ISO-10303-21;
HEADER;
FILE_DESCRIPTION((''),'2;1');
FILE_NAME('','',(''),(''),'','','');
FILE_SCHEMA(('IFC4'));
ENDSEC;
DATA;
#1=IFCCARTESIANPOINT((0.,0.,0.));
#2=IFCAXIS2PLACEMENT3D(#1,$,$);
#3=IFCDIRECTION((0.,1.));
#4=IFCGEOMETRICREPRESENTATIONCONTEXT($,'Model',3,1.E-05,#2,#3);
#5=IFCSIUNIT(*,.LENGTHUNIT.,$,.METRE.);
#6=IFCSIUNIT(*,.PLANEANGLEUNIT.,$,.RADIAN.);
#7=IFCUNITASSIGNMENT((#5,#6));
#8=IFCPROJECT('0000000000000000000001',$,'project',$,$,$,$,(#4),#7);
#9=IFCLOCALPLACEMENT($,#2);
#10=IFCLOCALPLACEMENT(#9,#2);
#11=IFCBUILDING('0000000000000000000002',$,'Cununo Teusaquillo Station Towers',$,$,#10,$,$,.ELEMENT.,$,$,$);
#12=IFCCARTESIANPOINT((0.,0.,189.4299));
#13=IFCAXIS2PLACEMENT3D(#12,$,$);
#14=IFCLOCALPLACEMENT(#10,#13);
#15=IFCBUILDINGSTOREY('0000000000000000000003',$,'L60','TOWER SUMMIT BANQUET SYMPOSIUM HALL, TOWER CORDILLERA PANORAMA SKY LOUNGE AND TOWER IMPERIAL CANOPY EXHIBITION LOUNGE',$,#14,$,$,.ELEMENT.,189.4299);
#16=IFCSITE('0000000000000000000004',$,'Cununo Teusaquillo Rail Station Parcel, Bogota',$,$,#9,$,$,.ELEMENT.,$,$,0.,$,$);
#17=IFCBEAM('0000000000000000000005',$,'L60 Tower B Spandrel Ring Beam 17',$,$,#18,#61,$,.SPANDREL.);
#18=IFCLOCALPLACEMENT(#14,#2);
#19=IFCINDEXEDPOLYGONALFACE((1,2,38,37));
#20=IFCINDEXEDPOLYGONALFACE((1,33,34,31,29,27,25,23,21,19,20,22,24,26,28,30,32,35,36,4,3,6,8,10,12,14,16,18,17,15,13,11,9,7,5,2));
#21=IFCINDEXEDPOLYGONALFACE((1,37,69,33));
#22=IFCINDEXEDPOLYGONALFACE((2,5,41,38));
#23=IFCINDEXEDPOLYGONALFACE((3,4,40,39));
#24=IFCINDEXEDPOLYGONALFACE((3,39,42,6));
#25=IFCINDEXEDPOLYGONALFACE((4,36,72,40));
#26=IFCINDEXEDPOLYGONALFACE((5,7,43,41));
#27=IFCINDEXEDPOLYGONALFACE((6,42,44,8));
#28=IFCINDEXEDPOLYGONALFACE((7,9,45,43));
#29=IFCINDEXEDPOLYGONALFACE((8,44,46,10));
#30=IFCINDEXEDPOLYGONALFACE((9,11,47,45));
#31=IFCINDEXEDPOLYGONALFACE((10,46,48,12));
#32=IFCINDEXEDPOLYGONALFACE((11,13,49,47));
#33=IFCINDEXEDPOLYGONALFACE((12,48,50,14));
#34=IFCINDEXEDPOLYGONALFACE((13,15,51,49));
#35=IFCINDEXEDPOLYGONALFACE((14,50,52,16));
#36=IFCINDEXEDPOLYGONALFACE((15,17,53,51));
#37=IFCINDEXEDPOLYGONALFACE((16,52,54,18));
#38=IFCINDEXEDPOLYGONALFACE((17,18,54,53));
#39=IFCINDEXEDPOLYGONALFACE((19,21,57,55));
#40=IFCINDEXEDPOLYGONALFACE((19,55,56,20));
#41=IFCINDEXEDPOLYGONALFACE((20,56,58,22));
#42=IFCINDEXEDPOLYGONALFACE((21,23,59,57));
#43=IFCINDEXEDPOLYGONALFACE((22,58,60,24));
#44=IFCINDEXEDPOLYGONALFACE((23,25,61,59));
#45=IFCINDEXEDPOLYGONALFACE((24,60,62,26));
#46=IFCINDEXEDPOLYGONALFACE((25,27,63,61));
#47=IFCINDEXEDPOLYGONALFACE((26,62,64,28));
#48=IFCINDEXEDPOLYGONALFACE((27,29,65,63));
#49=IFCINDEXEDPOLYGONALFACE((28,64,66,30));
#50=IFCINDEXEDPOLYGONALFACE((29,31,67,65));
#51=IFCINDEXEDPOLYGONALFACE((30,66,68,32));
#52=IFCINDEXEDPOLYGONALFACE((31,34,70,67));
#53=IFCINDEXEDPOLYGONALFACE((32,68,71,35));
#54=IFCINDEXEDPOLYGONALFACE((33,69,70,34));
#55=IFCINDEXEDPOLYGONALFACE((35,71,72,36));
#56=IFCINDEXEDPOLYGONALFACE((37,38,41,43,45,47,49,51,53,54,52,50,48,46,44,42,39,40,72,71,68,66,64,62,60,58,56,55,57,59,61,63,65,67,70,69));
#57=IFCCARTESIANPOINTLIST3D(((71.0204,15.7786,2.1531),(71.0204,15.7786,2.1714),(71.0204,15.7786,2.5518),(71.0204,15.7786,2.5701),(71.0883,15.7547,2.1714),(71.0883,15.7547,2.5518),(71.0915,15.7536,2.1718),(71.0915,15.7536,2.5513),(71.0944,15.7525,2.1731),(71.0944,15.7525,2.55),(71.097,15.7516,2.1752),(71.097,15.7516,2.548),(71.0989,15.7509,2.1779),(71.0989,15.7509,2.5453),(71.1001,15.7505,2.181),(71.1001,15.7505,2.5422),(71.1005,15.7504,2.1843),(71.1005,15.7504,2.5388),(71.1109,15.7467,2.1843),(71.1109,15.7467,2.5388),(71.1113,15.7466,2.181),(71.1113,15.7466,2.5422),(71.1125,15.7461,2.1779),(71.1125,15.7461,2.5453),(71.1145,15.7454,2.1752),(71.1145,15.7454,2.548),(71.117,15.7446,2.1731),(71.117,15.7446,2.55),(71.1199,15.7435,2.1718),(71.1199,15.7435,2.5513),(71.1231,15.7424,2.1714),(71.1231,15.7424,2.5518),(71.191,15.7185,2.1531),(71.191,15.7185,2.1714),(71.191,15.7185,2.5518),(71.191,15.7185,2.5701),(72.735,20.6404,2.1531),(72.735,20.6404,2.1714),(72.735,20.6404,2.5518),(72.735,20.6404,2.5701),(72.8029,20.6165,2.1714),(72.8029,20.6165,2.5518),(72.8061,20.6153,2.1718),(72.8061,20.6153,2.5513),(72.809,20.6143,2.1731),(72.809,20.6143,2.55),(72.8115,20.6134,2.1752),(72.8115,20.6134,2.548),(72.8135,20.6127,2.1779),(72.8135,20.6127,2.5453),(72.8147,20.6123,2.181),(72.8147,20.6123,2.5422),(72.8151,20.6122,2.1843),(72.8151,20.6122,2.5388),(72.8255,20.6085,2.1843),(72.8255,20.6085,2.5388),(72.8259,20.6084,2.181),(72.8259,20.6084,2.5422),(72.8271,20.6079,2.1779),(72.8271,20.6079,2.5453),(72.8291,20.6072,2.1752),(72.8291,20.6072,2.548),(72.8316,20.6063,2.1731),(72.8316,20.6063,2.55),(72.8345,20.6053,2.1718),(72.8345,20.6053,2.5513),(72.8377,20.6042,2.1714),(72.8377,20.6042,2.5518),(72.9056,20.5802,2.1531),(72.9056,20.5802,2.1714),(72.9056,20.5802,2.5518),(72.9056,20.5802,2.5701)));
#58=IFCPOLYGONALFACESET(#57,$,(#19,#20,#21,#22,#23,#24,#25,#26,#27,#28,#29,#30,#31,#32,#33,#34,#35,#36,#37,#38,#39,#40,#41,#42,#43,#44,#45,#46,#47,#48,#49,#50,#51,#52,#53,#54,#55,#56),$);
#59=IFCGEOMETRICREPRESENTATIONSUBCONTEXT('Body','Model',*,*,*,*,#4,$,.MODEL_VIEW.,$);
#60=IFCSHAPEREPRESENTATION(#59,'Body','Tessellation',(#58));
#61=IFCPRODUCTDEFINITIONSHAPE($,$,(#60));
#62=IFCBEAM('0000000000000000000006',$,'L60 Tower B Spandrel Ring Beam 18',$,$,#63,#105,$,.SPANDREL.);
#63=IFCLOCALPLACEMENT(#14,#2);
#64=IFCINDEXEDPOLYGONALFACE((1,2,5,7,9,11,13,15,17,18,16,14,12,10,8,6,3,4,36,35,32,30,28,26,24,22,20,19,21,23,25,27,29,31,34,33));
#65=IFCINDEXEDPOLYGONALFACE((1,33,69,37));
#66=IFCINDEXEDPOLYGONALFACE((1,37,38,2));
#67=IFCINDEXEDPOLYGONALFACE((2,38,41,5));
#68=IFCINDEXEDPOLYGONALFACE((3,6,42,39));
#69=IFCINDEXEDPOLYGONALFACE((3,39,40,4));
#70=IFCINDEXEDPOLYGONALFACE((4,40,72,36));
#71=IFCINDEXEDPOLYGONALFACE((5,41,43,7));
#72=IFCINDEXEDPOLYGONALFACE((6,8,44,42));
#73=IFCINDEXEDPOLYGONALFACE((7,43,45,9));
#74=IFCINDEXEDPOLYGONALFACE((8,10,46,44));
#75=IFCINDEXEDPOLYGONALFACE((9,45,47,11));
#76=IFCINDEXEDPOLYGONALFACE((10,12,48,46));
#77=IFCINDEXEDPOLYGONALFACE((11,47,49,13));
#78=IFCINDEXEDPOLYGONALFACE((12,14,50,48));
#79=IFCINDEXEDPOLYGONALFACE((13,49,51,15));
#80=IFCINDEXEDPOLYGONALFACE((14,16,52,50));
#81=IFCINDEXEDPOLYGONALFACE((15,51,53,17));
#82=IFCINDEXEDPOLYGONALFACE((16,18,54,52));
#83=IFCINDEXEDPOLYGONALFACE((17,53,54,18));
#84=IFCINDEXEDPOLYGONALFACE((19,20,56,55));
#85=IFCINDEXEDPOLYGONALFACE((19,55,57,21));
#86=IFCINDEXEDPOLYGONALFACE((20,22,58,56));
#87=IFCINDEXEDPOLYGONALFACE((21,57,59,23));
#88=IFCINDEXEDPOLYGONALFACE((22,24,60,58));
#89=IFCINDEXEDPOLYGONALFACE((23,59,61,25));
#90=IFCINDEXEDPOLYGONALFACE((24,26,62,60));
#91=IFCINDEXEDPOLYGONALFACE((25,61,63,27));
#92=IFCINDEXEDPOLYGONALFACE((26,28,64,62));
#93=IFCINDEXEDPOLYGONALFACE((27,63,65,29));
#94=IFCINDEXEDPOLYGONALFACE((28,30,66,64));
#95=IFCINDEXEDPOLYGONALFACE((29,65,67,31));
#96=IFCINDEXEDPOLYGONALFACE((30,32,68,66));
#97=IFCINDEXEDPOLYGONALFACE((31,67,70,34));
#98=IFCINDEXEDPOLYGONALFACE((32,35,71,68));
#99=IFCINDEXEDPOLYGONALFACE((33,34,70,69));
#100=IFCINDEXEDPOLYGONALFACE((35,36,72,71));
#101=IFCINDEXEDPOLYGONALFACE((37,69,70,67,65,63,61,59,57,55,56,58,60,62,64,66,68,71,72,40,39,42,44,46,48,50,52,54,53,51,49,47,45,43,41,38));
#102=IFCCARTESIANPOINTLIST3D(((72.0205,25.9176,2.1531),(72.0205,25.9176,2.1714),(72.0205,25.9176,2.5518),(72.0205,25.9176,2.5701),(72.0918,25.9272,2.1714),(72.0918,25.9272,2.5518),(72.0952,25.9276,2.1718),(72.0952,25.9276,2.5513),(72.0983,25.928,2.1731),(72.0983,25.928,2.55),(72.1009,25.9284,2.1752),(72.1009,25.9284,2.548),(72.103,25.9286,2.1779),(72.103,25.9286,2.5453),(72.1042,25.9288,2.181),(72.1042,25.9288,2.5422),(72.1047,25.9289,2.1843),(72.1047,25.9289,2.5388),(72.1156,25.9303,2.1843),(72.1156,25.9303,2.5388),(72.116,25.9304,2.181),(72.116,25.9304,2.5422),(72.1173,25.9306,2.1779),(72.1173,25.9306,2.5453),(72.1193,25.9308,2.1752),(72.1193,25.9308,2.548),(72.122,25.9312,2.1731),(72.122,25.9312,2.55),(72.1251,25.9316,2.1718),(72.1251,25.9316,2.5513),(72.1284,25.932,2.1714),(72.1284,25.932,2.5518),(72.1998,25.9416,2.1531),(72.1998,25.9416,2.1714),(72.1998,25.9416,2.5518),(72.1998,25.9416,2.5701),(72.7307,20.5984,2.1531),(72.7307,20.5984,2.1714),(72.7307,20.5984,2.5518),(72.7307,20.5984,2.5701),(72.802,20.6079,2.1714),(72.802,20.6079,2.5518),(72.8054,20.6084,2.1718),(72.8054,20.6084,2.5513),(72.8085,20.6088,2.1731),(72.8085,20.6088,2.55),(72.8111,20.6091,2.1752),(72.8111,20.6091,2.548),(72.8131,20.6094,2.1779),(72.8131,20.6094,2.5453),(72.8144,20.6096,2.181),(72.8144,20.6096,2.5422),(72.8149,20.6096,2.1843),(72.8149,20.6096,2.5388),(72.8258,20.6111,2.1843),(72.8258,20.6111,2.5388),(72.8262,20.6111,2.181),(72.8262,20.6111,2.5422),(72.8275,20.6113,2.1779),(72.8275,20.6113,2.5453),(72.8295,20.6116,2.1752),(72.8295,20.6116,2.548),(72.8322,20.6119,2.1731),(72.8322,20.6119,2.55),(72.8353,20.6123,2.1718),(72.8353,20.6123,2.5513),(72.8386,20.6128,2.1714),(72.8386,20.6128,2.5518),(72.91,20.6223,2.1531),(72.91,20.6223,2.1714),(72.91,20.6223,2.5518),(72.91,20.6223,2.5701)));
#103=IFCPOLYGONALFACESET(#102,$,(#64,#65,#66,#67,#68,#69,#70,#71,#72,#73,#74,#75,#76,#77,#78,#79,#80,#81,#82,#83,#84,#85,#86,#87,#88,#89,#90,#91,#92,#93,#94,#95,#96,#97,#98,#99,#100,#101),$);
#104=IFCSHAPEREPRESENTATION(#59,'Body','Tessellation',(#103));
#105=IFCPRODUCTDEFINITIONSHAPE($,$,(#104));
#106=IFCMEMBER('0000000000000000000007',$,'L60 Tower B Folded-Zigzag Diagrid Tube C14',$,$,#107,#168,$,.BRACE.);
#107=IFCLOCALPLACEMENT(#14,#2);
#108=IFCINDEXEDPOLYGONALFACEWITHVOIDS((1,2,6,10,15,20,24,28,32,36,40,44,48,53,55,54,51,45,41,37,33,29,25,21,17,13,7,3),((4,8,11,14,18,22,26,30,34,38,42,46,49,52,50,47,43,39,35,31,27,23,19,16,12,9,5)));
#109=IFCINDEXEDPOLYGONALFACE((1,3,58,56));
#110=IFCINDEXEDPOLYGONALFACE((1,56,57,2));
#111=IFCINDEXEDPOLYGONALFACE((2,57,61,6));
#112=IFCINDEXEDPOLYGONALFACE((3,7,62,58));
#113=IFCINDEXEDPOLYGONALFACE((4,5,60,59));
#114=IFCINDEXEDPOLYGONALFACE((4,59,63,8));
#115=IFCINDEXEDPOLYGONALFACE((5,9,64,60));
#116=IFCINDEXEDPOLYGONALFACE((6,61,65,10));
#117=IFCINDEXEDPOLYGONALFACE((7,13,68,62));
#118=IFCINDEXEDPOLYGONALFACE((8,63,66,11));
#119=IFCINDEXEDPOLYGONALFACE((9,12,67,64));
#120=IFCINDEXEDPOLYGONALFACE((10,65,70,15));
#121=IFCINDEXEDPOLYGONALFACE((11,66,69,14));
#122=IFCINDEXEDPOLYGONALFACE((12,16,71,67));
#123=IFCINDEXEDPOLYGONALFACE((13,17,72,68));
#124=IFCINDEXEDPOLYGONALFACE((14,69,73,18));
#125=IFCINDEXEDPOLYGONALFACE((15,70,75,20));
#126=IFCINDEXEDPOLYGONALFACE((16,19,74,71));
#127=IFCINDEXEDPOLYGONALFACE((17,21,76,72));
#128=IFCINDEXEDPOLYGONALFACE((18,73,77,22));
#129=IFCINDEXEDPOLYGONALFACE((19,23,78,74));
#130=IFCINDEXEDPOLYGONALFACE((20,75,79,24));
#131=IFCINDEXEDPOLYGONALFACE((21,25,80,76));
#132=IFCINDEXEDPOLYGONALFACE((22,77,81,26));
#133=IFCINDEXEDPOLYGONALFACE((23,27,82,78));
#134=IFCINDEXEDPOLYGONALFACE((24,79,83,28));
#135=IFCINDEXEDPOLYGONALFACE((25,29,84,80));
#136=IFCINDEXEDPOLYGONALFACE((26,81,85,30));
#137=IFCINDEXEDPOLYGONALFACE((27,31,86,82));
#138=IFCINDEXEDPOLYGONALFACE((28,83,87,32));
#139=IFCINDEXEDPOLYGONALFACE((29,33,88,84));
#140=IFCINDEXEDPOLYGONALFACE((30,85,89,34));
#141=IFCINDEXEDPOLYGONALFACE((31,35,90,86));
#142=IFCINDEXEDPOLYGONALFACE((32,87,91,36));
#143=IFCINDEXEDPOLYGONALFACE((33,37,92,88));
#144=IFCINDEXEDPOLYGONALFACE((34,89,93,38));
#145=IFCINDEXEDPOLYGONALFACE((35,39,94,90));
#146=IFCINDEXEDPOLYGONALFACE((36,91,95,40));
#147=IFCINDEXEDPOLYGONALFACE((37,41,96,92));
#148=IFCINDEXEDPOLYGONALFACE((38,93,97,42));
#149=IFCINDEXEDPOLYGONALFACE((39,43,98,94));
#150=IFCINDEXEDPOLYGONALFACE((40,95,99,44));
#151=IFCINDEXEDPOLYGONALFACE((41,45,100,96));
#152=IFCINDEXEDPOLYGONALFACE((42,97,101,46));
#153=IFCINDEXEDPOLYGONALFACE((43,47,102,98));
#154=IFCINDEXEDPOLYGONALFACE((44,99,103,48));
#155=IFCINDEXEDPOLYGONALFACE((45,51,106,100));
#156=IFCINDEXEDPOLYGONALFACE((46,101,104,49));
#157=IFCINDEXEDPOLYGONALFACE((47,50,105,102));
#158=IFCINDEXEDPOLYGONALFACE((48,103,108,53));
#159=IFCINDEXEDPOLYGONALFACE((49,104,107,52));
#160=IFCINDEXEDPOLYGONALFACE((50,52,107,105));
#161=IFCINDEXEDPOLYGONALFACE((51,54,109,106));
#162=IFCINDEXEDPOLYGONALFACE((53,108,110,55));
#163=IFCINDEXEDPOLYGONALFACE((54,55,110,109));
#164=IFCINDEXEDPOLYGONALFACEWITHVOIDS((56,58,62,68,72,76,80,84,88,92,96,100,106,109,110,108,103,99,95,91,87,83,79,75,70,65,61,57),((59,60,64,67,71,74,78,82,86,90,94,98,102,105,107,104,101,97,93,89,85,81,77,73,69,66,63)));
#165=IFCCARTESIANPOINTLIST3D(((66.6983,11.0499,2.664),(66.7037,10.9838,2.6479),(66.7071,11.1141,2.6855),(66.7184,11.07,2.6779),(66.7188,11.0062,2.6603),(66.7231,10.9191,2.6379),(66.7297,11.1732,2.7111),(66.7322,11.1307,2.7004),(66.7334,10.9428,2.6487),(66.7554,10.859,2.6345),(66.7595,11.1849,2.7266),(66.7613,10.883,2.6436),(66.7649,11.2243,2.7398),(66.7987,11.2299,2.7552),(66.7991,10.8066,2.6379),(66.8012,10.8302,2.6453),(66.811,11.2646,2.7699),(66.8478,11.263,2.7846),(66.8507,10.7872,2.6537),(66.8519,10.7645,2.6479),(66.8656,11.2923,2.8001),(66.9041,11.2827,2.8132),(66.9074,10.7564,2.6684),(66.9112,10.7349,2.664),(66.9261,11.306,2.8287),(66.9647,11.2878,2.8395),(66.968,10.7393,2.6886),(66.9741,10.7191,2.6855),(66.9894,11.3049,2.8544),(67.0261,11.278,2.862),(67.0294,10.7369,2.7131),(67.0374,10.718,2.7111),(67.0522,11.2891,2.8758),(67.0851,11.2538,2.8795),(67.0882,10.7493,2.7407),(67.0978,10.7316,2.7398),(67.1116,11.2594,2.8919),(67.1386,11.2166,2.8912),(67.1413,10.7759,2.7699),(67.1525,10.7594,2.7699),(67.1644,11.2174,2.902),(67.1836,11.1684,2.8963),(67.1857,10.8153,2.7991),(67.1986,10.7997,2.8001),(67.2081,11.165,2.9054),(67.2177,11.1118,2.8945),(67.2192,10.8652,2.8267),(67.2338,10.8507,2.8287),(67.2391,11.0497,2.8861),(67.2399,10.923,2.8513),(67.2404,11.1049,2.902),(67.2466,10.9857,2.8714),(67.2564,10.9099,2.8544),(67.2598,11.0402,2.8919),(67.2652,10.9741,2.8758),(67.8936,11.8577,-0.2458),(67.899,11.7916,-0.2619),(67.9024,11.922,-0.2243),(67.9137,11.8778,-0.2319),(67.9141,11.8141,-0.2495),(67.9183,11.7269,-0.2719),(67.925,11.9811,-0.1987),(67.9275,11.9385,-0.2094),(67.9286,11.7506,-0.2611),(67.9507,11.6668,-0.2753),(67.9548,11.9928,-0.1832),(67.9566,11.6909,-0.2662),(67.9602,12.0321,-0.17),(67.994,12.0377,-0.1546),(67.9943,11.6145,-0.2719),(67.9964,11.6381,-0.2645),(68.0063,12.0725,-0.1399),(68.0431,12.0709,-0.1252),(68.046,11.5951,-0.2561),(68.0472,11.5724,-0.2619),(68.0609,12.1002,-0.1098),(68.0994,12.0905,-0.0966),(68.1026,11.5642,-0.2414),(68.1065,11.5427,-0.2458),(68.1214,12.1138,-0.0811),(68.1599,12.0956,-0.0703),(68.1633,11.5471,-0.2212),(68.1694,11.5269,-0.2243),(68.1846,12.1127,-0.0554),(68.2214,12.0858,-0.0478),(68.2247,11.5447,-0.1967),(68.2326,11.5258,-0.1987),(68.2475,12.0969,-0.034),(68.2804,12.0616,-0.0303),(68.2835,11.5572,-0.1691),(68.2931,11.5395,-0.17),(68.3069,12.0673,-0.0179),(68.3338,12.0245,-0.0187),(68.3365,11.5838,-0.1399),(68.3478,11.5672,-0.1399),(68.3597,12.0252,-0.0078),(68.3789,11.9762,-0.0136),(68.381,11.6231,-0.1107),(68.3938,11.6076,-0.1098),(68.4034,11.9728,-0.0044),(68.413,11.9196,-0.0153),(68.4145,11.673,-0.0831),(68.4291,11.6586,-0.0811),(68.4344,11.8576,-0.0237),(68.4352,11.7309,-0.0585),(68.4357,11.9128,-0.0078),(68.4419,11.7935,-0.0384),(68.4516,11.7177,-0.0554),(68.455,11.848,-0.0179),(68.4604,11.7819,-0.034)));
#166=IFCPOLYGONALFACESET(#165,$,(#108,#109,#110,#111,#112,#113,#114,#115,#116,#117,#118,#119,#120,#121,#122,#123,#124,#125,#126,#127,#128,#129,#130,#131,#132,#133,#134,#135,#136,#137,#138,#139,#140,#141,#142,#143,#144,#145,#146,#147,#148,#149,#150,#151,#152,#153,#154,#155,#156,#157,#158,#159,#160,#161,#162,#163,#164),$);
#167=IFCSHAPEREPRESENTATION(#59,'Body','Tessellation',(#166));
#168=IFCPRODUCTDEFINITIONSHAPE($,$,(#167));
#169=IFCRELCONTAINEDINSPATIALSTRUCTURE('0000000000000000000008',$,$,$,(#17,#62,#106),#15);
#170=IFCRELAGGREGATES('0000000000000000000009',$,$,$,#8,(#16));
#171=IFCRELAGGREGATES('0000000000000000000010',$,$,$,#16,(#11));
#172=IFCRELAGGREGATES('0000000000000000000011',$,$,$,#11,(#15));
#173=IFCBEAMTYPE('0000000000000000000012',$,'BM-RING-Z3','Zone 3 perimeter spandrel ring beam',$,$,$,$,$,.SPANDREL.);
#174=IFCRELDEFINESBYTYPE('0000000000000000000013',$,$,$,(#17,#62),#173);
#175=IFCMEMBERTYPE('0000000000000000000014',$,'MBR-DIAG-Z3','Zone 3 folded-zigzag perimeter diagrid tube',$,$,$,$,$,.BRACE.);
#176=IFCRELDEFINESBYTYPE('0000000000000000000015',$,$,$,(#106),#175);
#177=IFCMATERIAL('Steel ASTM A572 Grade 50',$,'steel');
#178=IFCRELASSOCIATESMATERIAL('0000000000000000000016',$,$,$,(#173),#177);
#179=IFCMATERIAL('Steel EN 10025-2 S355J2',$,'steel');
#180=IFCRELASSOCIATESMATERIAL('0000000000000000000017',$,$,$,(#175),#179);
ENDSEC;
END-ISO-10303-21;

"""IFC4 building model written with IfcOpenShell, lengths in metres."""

from ifc_helpers import new_model, si_unit, direction, frame, origin, origin_2d, place, context, subcontext, project, spatial, hollow_circle, i_section, extrude, material, material_profile, profile_set, type_object, element, save


model = new_model("IFC4")

# Units and contexts
model_context = context("Model", 3, precision=1e-05, world=origin(), true_north=direction((0.0, 1.0)))
body_context = subcontext(model_context, "Body", "Model", "MODEL_VIEW")
ifc_project = project(units=[si_unit("LENGTHUNIT", "METRE"), si_unit("PLANEANGLEUNIT", "RADIAN")], contexts=[model_context])

# Site, building, storey
site_placement = place(None, origin())
site = spatial("IfcSite", under=ifc_project, at=site_placement, Name="Cununo Teusaquillo Rail Station Parcel, Bogota", CompositionType="ELEMENT", RefElevation=0.0)
building_placement = place(site_placement, origin())
building = spatial("IfcBuilding", under=site, at=building_placement, Name="Cununo Teusaquillo Station Towers", CompositionType="ELEMENT")
storey_placement = place(building_placement, frame((0.0, 0.0, 189.4299)))
storey = spatial("IfcBuildingStorey", under=building, at=storey_placement, Name="L60", Description="TOWER SUMMIT BANQUET SYMPOSIUM HALL, TOWER CORDILLERA PANORAMA SKY LOUNGE AND TOWER IMPERIAL CANOPY EXHIBITION LOUNGE", CompositionType="ELEMENT", Elevation=189.4299)

# Beams
ifc_material_1 = material(Name="Steel ASTM A572 Grade 50", Category="steel")
ifc_material_profile_1 = material_profile(ifc_material_1, i_section(OverallWidth=0.1809, OverallDepth=0.417, WebThickness=0.011, FlangeThickness=0.0183, FilletRadius=0.0129, at=origin_2d()), Name="W16X57")
ifc_profile_set_1 = profile_set([ifc_material_profile_1], Name="Steel ASTM A572 Grade 50")
beam_type_1 = type_object("IfcBeamType", Name="BM-RING-Z3", Description="Zone 3 perimeter spandrel ring beam", PredefinedType="SPANDREL", material=ifc_profile_set_1)
beam_1_placement = place(storey_placement, frame((71.1057, 15.7485, 2.3616), z_axis=(0.33259, 0.943072, 0.0), x_axis=(-0.943072, 0.33259, 0.0)))
element("IfcBeam", 1, at=beam_1_placement, inside=storey, type_object=beam_type_1, Name="L60 Tower B Spandrel Ring Beam 17", PredefinedType="SPANDREL", context=body_context, shape_type="SweptSolid", body=[
    extrude(i_section(OverallWidth=0.1809, OverallDepth=0.417, WebThickness=0.011, FlangeThickness=0.0183, FilletRadius=0.0129, at=origin_2d()), origin(), (0.0, 0.0, 1.0), 5.1553),
])
beam_2_placement = place(storey_placement, frame((72.8203, 20.6104, 2.3616), z_axis=(-0.13234, 0.991204, 0.0), x_axis=(-0.991204, -0.13234, 0.0)))
element("IfcBeam", 2, at=beam_2_placement, inside=storey, type_object=beam_type_1, Name="L60 Tower B Spandrel Ring Beam 18", PredefinedType="SPANDREL", context=body_context, shape_type="SweptSolid", body=[
    extrude(i_section(OverallWidth=0.1809, OverallDepth=0.417, WebThickness=0.011, FlangeThickness=0.0183, FilletRadius=0.0129, at=origin_2d()), origin(), (0.0, 0.0, 1.0), 5.3665),
])

# Member
ifc_material_2 = material(Name="Steel EN 10025-2 S355J2", Category="steel")
ifc_material_profile_2 = material_profile(ifc_material_2, hollow_circle(Radius=0.3049, WallThickness=0.02, at=origin_2d()), Name="CHS 610x20")
ifc_profile_set_2 = profile_set([ifc_material_profile_2], Name="Steel EN 10025-2 S355J2")
member_type = type_object("IfcMemberType", Name="MBR-DIAG-Z3", Description="Zone 3 folded-zigzag perimeter diagrid tube", PredefinedType="BRACE", material=ifc_profile_set_2)
member_1_placement = place(storey_placement, frame((68.177, 11.8198, -0.1399), z_axis=(-0.368024, -0.248732, 0.89593), x_axis=(0.559961, -0.828519, 0.0)))
element("IfcMember", 3, at=member_1_placement, inside=storey, type_object=member_type, Name="L60 Tower B Folded-Zigzag Diagrid Tube C14", PredefinedType="BRACE", context=body_context, shape_type="SweptSolid", body=[
    extrude(hollow_circle(Radius=0.3049, WallThickness=0.02, at=origin_2d()), origin(), (0.0, 0.0, 1.0), 3.2478),
])

save(model, "model.ifc")
